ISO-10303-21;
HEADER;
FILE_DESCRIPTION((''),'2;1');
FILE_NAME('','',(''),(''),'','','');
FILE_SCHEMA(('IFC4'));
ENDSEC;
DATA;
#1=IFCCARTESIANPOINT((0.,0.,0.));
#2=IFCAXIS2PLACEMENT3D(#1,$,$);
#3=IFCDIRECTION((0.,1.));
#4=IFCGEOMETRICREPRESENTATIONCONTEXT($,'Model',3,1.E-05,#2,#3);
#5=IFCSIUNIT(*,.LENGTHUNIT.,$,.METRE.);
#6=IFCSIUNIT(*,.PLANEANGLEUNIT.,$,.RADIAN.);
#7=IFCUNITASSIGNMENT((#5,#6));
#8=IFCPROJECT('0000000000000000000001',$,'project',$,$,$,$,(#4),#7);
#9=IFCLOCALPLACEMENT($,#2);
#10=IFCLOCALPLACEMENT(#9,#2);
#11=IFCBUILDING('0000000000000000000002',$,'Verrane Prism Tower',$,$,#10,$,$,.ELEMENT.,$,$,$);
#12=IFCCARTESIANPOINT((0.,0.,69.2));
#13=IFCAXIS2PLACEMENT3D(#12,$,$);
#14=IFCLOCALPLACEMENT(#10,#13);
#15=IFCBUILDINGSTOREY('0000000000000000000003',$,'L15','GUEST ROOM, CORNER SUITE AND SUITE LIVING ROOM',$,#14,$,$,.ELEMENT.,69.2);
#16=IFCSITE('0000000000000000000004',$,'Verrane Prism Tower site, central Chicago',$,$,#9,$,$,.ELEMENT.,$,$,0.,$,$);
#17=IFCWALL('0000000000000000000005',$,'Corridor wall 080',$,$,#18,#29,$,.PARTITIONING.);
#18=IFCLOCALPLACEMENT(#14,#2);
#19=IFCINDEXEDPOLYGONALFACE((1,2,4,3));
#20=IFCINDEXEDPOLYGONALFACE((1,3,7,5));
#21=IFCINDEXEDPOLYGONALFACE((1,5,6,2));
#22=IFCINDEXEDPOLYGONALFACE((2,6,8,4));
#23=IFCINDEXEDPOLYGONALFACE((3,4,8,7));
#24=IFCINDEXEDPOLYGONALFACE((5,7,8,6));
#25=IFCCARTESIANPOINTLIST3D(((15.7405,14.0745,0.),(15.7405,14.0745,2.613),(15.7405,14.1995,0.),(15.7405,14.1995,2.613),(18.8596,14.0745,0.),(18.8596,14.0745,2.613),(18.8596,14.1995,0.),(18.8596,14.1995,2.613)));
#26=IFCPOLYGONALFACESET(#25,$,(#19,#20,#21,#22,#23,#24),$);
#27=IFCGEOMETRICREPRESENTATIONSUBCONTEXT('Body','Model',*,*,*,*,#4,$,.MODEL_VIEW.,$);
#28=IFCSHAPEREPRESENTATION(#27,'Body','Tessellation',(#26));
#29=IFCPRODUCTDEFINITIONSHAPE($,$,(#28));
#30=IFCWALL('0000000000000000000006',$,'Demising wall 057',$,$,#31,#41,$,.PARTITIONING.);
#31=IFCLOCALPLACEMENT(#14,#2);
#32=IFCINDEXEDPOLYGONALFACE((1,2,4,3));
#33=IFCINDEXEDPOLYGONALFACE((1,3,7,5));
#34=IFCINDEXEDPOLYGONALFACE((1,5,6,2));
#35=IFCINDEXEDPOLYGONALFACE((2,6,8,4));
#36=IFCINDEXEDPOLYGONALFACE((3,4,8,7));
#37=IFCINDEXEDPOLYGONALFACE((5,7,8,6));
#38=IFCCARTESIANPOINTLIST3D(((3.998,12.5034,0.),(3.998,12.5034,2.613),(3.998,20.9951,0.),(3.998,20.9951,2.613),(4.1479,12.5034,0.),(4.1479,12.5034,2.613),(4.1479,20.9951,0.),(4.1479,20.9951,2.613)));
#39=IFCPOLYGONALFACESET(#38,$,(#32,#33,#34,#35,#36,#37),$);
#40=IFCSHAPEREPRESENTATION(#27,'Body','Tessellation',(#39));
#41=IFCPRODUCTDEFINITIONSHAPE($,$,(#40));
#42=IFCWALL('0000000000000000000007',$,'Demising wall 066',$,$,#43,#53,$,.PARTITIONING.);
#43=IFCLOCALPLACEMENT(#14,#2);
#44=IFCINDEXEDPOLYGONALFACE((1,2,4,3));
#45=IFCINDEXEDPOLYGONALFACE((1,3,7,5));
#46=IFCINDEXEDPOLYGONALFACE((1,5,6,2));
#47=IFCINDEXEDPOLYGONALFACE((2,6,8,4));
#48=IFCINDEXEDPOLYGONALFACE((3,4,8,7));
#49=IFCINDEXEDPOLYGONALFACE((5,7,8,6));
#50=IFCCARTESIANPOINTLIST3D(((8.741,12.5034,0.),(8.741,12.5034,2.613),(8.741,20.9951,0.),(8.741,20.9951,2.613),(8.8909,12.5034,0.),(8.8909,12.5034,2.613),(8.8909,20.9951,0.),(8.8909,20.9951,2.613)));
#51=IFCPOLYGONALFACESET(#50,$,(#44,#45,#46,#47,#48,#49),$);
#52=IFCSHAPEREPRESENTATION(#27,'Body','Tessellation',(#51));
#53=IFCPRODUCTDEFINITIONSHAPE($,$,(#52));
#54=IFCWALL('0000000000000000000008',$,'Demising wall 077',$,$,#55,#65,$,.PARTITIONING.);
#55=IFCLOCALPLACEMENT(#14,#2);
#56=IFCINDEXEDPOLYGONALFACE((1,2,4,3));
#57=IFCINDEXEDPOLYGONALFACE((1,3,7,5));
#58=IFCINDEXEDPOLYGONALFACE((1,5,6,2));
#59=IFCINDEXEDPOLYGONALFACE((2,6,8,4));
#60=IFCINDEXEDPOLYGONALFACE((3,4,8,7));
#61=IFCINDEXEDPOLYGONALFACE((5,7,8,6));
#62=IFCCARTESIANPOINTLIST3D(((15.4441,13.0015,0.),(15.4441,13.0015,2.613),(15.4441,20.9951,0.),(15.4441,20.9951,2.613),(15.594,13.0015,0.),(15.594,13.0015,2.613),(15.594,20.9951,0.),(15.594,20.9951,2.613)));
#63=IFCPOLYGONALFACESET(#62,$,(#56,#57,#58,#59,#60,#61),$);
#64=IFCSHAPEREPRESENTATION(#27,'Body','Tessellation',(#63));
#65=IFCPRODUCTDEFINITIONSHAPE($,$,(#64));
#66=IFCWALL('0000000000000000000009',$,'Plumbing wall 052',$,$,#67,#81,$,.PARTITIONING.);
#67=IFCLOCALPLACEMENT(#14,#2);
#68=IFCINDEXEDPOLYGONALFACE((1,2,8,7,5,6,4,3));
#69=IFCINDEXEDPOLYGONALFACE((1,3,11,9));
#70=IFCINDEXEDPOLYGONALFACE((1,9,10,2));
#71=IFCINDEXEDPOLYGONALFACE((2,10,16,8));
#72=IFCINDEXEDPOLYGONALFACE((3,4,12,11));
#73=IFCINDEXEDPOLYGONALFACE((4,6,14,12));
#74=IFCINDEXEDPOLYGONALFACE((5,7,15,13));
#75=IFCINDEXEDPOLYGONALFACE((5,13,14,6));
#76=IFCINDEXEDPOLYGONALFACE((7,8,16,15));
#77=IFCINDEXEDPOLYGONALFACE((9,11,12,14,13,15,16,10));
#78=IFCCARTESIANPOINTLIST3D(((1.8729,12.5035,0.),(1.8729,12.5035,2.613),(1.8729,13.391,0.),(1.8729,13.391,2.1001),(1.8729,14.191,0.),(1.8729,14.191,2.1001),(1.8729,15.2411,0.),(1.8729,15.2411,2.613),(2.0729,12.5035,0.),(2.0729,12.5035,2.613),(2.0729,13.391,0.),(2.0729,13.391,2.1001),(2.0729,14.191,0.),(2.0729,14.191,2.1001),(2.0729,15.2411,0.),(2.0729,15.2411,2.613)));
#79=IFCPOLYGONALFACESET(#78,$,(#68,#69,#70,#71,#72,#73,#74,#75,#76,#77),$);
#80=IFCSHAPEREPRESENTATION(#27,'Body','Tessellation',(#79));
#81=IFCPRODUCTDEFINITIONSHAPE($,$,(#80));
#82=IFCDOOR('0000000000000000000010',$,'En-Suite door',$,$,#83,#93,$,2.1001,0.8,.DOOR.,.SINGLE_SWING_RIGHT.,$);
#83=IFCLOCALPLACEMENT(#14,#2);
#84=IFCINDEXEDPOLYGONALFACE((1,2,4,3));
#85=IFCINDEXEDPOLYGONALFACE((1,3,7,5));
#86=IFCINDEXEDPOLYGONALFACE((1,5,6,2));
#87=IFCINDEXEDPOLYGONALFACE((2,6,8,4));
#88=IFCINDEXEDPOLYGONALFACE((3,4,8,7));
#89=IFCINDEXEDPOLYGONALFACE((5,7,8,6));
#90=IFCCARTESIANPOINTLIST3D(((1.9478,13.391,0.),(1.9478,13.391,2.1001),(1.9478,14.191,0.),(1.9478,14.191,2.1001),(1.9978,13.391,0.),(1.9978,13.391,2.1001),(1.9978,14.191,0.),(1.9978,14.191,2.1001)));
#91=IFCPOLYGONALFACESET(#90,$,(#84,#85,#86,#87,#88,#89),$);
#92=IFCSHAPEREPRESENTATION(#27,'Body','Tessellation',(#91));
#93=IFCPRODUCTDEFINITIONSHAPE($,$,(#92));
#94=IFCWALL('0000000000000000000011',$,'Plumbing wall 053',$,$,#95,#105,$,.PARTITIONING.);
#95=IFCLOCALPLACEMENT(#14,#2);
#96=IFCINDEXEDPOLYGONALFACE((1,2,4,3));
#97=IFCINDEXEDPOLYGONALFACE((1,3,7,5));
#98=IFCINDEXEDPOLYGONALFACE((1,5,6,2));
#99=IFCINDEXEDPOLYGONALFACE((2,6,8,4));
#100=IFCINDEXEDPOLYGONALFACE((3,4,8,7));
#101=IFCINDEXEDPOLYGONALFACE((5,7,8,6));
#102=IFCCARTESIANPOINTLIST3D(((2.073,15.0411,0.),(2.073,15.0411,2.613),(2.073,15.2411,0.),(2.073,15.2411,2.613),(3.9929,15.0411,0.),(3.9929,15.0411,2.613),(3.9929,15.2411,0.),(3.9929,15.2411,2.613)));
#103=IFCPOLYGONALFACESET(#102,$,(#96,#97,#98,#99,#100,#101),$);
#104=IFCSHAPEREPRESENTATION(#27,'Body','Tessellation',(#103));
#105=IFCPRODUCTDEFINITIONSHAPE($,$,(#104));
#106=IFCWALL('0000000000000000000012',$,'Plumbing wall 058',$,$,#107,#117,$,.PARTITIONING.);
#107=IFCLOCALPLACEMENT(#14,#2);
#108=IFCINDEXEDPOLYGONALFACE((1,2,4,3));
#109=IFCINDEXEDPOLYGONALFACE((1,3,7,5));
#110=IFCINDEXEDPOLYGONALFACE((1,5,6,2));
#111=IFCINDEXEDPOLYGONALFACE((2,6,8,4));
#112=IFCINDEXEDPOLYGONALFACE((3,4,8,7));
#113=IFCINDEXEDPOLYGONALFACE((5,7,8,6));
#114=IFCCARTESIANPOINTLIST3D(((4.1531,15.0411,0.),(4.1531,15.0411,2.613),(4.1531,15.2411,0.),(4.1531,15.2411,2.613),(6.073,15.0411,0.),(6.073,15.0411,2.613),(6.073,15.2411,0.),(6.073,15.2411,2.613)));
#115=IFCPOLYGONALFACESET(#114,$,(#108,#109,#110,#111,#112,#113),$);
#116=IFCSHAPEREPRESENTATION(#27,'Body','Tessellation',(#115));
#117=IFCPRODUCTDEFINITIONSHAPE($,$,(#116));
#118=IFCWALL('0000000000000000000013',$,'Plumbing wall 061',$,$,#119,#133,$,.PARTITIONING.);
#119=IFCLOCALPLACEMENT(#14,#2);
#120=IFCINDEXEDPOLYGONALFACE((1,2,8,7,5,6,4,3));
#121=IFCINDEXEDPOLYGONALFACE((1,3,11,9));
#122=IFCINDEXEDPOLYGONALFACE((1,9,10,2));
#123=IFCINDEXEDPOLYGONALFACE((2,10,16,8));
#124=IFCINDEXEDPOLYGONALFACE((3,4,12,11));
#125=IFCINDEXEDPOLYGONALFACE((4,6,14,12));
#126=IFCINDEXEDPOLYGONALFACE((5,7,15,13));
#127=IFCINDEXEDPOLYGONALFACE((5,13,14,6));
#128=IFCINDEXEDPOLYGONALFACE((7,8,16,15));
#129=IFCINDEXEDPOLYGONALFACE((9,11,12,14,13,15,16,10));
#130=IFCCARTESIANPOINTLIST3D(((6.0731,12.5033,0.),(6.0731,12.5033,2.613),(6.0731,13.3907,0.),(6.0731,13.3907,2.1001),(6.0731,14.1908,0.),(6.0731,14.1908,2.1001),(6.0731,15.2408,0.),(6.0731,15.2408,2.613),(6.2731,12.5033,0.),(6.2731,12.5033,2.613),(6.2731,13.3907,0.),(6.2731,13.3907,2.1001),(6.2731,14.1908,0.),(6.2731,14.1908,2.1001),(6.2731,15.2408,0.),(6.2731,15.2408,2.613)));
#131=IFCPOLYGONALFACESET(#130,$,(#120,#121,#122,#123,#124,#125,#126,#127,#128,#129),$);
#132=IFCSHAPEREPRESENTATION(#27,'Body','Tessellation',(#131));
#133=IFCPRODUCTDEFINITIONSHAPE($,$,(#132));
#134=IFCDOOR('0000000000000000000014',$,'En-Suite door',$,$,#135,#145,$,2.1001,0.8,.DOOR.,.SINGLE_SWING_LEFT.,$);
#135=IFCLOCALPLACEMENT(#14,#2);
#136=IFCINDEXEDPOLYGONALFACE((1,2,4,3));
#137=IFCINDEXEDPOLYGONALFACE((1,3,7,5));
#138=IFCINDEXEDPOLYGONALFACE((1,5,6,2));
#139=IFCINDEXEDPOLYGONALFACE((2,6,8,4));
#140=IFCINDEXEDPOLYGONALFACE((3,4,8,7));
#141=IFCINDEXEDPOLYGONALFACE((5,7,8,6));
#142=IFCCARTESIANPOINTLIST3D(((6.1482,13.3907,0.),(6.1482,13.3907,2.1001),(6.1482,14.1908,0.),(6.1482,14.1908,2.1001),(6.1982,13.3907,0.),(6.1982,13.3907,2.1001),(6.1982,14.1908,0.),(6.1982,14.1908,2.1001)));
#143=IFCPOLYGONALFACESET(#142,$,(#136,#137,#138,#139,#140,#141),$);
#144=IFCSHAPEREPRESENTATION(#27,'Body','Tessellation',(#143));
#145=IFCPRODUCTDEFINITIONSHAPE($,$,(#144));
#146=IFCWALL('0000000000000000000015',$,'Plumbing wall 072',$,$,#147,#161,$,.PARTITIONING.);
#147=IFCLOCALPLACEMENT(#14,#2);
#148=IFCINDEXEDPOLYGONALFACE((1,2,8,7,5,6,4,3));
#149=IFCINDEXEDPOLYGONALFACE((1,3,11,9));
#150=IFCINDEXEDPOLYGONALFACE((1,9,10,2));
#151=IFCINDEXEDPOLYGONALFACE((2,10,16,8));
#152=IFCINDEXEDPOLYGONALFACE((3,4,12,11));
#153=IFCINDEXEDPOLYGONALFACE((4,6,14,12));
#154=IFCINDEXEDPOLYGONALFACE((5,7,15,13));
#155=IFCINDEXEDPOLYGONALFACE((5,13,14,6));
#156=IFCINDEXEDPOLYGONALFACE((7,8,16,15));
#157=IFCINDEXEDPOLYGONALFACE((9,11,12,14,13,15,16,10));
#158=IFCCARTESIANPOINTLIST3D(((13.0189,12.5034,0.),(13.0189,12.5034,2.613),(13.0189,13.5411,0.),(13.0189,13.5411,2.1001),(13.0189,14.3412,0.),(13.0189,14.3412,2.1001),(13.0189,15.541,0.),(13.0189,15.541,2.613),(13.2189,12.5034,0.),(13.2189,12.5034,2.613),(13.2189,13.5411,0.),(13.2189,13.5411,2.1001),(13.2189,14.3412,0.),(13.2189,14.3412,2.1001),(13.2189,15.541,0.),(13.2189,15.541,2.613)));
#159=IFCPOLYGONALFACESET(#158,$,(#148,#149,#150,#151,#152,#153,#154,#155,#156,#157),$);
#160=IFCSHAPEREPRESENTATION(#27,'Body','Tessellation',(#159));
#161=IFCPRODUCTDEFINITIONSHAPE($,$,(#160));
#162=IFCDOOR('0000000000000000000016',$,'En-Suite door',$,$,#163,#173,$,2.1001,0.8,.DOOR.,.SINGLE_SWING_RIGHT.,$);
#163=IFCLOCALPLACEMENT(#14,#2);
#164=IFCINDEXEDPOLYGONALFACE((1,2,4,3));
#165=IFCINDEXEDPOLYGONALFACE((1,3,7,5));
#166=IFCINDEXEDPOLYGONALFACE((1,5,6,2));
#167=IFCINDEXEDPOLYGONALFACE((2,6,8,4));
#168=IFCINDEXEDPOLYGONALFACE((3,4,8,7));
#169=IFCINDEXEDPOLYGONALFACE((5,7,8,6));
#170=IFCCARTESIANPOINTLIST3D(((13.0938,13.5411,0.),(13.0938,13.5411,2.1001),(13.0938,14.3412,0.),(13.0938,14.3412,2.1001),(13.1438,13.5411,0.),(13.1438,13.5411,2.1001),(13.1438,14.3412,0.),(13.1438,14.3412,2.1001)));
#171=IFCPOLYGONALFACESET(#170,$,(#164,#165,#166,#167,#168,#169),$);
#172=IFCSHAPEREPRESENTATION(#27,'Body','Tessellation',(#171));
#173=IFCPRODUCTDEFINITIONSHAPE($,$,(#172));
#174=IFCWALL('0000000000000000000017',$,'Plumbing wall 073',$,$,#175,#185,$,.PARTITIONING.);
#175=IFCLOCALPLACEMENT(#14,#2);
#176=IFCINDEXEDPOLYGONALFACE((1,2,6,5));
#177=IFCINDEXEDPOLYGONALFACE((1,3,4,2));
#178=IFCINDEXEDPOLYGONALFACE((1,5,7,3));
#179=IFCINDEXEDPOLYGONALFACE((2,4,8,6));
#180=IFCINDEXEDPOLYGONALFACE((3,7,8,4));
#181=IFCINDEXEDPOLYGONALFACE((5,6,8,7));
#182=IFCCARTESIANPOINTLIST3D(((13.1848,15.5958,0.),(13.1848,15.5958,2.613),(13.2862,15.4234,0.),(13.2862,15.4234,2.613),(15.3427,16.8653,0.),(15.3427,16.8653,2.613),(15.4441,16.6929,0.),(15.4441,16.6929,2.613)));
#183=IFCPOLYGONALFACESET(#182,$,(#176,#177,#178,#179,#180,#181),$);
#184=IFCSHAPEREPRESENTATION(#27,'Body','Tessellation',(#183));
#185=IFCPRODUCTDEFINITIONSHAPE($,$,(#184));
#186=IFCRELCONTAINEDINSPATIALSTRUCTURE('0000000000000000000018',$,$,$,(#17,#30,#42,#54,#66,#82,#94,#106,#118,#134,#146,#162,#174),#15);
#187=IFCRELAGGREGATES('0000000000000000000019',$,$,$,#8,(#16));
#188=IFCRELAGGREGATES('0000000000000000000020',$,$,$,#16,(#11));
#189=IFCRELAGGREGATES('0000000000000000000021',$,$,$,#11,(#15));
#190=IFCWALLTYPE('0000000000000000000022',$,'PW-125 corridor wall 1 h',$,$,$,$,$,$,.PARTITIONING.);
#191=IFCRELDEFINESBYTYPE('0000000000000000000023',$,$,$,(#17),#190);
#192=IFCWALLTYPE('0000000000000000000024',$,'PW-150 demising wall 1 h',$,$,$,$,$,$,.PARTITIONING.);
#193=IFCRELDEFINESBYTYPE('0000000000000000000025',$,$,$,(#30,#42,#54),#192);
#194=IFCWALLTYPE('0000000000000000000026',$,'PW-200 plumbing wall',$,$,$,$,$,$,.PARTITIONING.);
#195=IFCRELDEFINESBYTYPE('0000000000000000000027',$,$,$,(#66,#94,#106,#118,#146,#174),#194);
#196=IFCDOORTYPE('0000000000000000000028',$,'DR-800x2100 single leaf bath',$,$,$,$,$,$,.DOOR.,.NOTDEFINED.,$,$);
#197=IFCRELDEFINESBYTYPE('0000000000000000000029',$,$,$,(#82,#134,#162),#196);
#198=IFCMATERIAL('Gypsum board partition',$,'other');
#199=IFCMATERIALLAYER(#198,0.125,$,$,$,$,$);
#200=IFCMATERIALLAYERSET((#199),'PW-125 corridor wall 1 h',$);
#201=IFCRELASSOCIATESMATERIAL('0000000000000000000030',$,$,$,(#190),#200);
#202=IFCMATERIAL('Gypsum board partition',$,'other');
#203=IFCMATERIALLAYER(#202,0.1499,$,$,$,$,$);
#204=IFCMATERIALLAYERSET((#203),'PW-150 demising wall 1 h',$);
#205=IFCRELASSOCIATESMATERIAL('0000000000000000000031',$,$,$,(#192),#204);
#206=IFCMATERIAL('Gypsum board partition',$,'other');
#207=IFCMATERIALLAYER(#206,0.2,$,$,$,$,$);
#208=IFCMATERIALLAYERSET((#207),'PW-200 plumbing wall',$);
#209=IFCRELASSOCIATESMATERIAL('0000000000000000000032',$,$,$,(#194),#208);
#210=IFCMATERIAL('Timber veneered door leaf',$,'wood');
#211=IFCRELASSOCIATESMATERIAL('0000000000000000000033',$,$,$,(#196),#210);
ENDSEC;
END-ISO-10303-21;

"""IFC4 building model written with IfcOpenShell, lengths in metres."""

from ifc_helpers import new_model, si_unit, direction, frame, frame_2d, origin, place, context, subcontext, project, spatial, rectangle, extrude, material, layer, layer_set, type_object, element, fill, save


model = new_model("IFC4")

# Units and contexts
model_context = context("Model", 3, precision=1e-05, world=origin(), true_north=direction((0.0, 1.0)))
body_context = subcontext(model_context, "Body", "Model", "MODEL_VIEW")
ifc_project = project(units=[si_unit("LENGTHUNIT", "METRE"), si_unit("PLANEANGLEUNIT", "RADIAN")], contexts=[model_context])

# Site, building, storey
site_placement = place(None, origin())
site = spatial("IfcSite", under=ifc_project, at=site_placement, Name="Verrane Prism Tower site, central Chicago", CompositionType="ELEMENT", RefElevation=0.0)
building_placement = place(site_placement, origin())
building = spatial("IfcBuilding", under=site, at=building_placement, Name="Verrane Prism Tower", CompositionType="ELEMENT")
storey_placement = place(building_placement, frame((0.0, 0.0, 69.2)))
storey = spatial("IfcBuildingStorey", under=building, at=storey_placement, Name="L15", Description="GUEST ROOM, CORNER SUITE AND SUITE LIVING ROOM", CompositionType="ELEMENT", Elevation=69.2)

# Walls
ifc_material_1 = material(Name="Gypsum board partition", Category="other")
ifc_layer_1 = layer(ifc_material_1, 0.125)
ifc_layer_set_1 = layer_set([ifc_layer_1], Name="PW-125 corridor wall 1 h")
wall_type_1 = type_object("IfcWallType", Name="PW-125 corridor wall 1 h", PredefinedType="PARTITIONING", material=ifc_layer_set_1)
wall_1_placement = place(storey_placement, frame((15.7405, 14.137, 0.0), z_axis=(0.0, 0.0, 1.0), x_axis=(1.0, 0.0, 0.0)))
element("IfcWall", 1, at=wall_1_placement, inside=storey, type_object=wall_type_1, Name="Corridor wall 080", PredefinedType="PARTITIONING", context=body_context, shape_type="SweptSolid", body=[
    extrude(rectangle(XDim=3.1191, YDim=0.125, at=frame_2d((1.5596, 0.0))), origin(), (0.0, 0.0, 1.0), 2.613),
])
ifc_material_2 = material(Name="Gypsum board partition", Category="other")
ifc_layer_2 = layer(ifc_material_2, 0.1499)
ifc_layer_set_2 = layer_set([ifc_layer_2], Name="PW-150 demising wall 1 h")
wall_type_2 = type_object("IfcWallType", Name="PW-150 demising wall 1 h", PredefinedType="PARTITIONING", material=ifc_layer_set_2)
for number, where, z_axis, x_axis, name in (
    (2, (4.073, 12.5034, 0.0), (0.0, 0.0, 1.0), (0.0, 1.0, 0.0), "Demising wall 057"),
    (3, (8.8159, 12.5034, 0.0), (0.0, 0.0, 1.0), (0.0, 1.0, 0.0), "Demising wall 066"),
):
    element("IfcWall", number, at=place(storey_placement, frame(where, z_axis=z_axis, x_axis=x_axis)), inside=storey, type_object=wall_type_2, Name=name, PredefinedType="PARTITIONING", context=body_context, shape_type="SweptSolid", body=[
        extrude(rectangle(XDim=8.4917, YDim=0.1499, at=frame_2d((4.2458, 0.0))), origin(), (0.0, 0.0, 1.0), 2.613),
    ])
wall_2_placement = place(storey_placement, frame((15.519, 13.0015, 0.0), z_axis=(0.0, 0.0, 1.0), x_axis=(0.0, 1.0, 0.0)))
element("IfcWall", 4, at=wall_2_placement, inside=storey, type_object=wall_type_2, Name="Demising wall 077", PredefinedType="PARTITIONING", context=body_context, shape_type="SweptSolid", body=[
    extrude(rectangle(XDim=7.9937, YDim=0.1499, at=frame_2d((3.9968, 0.0))), origin(), (0.0, 0.0, 1.0), 2.613),
])

# Wall, opening, door
ifc_material_3 = material(Name="Gypsum board partition", Category="other")
ifc_layer_3 = layer(ifc_material_3, 0.2)
ifc_layer_set_3 = layer_set([ifc_layer_3], Name="PW-200 plumbing wall")
wall_type_3 = type_object("IfcWallType", Name="PW-200 plumbing wall", PredefinedType="PARTITIONING", material=ifc_layer_set_3)
wall_3_placement = place(storey_placement, frame((1.9729, 15.241, 0.0), z_axis=(0.0, 0.0, 1.0), x_axis=(0.0, -1.0, 0.0)))
wall_3 = element("IfcWall", 5, at=wall_3_placement, inside=storey, type_object=wall_type_3, Name="Plumbing wall 052", PredefinedType="PARTITIONING", context=body_context, shape_type="SweptSolid", body=[
    extrude(rectangle(XDim=2.7375, YDim=0.2, at=frame_2d((1.3687, 0.0))), origin(), (0.0, 0.0, 1.0), 2.613),
])
opening_1_placement = place(wall_3_placement, frame((1.05, 0.0, 0.0)))
opening_1 = element("IfcOpeningElement", 6, at=opening_1_placement, cuts=wall_3, PredefinedType="OPENING", context=body_context, shape_type="SweptSolid", body=[
    extrude(rectangle(XDim=0.8, YDim=2.1001, at=frame_2d((0.3999, 1.05))), frame((0.0, 0.1099, 0.0), z_axis=(0.0, -1.0, 0.0), x_axis=(1.0, 0.0, 0.0)), (0.0, 0.0, 1.0), 0.22),
])
ifc_material_4 = material(Name="Timber veneered door leaf", Category="wood")
door_type = type_object("IfcDoorType", Name="DR-800x2100 single leaf bath", OperationType="NOTDEFINED", PredefinedType="DOOR", material=ifc_material_4)
door_1_placement = place(opening_1_placement, origin())
door_1 = element("IfcDoor", 7, at=door_1_placement, inside=storey, type_object=door_type, Name="En-Suite door", OperationType="SINGLE_SWING_RIGHT", OverallHeight=2.1001, OverallWidth=0.8, PredefinedType="DOOR", context=body_context, shape_type="SweptSolid", body=[
    extrude(rectangle(XDim=0.8, YDim=2.1001, at=frame_2d((0.3999, 1.05))), frame((0.0, 0.0249, 0.0), z_axis=(0.0, -1.0, 0.0), x_axis=(1.0, 0.0, 0.0)), (0.0, 0.0, 1.0), 0.05),
])
fill(opening_1, door_1)

# Walls
for number, where, z_axis, x_axis, name in (
    (8, (2.073, 15.1411, 0.0), (0.0, 0.0, 1.0), (1.0, 0.0, 0.0), "Plumbing wall 053"),
    (9, (4.1531, 15.1411, 0.0), (0.0, 0.0, 1.0), (1.0, 0.0, 0.0), "Plumbing wall 058"),
):
    element("IfcWall", number, at=place(storey_placement, frame(where, z_axis=z_axis, x_axis=x_axis)), inside=storey, type_object=wall_type_3, Name=name, PredefinedType="PARTITIONING", context=body_context, shape_type="SweptSolid", body=[
        extrude(rectangle(XDim=1.9199, YDim=0.2, at=frame_2d((0.96, 0.0))), origin(), (0.0, 0.0, 1.0), 2.613),
    ])

# Walls, openings, doors
wall_4_placement = place(storey_placement, frame((6.1731, 12.5034, 0.0), z_axis=(0.0, 0.0, 1.0), x_axis=(0.0, 1.0, 0.0)))
wall_4 = element("IfcWall", 10, at=wall_4_placement, inside=storey, type_object=wall_type_3, Name="Plumbing wall 061", PredefinedType="PARTITIONING", context=body_context, shape_type="SweptSolid", body=[
    extrude(rectangle(XDim=2.7375, YDim=0.2, at=frame_2d((1.3687, 0.0))), origin(), (0.0, 0.0, 1.0), 2.613),
])
opening_2_placement = place(wall_4_placement, frame((0.8875, 0.0, 0.0)))
opening_2 = element("IfcOpeningElement", 11, at=opening_2_placement, cuts=wall_4, PredefinedType="OPENING", context=body_context, shape_type="SweptSolid", body=[
    extrude(rectangle(XDim=0.8, YDim=2.1001, at=frame_2d((0.3999, 1.05))), frame((0.0, 0.1099, 0.0), z_axis=(0.0, -1.0, 0.0), x_axis=(1.0, 0.0, 0.0)), (0.0, 0.0, 1.0), 0.22),
])
door_2_placement = place(opening_2_placement, origin())
door_2 = element("IfcDoor", 12, at=door_2_placement, inside=storey, type_object=door_type, Name="En-Suite door", OperationType="SINGLE_SWING_LEFT", OverallHeight=2.1001, OverallWidth=0.8, PredefinedType="DOOR", context=body_context, shape_type="SweptSolid", body=[
    extrude(rectangle(XDim=0.8, YDim=2.1001, at=frame_2d((0.3999, 1.05))), frame((0.0, 0.0249, 0.0), z_axis=(0.0, -1.0, 0.0), x_axis=(1.0, 0.0, 0.0)), (0.0, 0.0, 1.0), 0.05),
])
fill(opening_2, door_2)
wall_5_placement = place(storey_placement, frame((13.1189, 15.541, 0.0), z_axis=(0.0, 0.0, 1.0), x_axis=(0.0, -1.0, 0.0)))
wall_5 = element("IfcWall", 13, at=wall_5_placement, inside=storey, type_object=wall_type_3, Name="Plumbing wall 072", PredefinedType="PARTITIONING", context=body_context, shape_type="SweptSolid", body=[
    extrude(rectangle(XDim=3.0376, YDim=0.2, at=frame_2d((1.5188, 0.0))), origin(), (0.0, 0.0, 1.0), 2.613),
])
opening_3_placement = place(wall_5_placement, frame((1.2, 0.0, 0.0)))
opening_3 = element("IfcOpeningElement", 14, at=opening_3_placement, cuts=wall_5, PredefinedType="OPENING", context=body_context, shape_type="SweptSolid", body=[
    extrude(rectangle(XDim=0.8, YDim=2.1001, at=frame_2d((0.3999, 1.05))), frame((0.0, 0.1099, 0.0), z_axis=(0.0, -1.0, 0.0), x_axis=(1.0, 0.0, 0.0)), (0.0, 0.0, 1.0), 0.22),
])
door_3_placement = place(opening_3_placement, origin())
door_3 = element("IfcDoor", 15, at=door_3_placement, inside=storey, type_object=door_type, Name="En-Suite door", OperationType="SINGLE_SWING_RIGHT", OverallHeight=2.1001, OverallWidth=0.8, PredefinedType="DOOR", context=body_context, shape_type="SweptSolid", body=[
    extrude(rectangle(XDim=0.8, YDim=2.1001, at=frame_2d((0.3999, 1.05))), frame((0.0, 0.0249, 0.0), z_axis=(0.0, -1.0, 0.0), x_axis=(1.0, 0.0, 0.0)), (0.0, 0.0, 1.0), 0.05),
])
fill(opening_3, door_3)

# Wall
wall_6_placement = place(storey_placement, frame((13.2354, 15.5095, 0.0), z_axis=(0.0, 0.0, 1.0), x_axis=(0.861909, 0.507063, 0.0)))
element("IfcWall", 16, at=wall_6_placement, inside=storey, type_object=wall_type_3, Name="Plumbing wall 073", PredefinedType="PARTITIONING", context=body_context, shape_type="SweptSolid", body=[
    extrude(rectangle(XDim=2.5037, YDim=0.2, at=frame_2d((1.252, 0.0))), origin(), (0.0, 0.0, 1.0), 2.613),
])

save(model, "model.ifc")
